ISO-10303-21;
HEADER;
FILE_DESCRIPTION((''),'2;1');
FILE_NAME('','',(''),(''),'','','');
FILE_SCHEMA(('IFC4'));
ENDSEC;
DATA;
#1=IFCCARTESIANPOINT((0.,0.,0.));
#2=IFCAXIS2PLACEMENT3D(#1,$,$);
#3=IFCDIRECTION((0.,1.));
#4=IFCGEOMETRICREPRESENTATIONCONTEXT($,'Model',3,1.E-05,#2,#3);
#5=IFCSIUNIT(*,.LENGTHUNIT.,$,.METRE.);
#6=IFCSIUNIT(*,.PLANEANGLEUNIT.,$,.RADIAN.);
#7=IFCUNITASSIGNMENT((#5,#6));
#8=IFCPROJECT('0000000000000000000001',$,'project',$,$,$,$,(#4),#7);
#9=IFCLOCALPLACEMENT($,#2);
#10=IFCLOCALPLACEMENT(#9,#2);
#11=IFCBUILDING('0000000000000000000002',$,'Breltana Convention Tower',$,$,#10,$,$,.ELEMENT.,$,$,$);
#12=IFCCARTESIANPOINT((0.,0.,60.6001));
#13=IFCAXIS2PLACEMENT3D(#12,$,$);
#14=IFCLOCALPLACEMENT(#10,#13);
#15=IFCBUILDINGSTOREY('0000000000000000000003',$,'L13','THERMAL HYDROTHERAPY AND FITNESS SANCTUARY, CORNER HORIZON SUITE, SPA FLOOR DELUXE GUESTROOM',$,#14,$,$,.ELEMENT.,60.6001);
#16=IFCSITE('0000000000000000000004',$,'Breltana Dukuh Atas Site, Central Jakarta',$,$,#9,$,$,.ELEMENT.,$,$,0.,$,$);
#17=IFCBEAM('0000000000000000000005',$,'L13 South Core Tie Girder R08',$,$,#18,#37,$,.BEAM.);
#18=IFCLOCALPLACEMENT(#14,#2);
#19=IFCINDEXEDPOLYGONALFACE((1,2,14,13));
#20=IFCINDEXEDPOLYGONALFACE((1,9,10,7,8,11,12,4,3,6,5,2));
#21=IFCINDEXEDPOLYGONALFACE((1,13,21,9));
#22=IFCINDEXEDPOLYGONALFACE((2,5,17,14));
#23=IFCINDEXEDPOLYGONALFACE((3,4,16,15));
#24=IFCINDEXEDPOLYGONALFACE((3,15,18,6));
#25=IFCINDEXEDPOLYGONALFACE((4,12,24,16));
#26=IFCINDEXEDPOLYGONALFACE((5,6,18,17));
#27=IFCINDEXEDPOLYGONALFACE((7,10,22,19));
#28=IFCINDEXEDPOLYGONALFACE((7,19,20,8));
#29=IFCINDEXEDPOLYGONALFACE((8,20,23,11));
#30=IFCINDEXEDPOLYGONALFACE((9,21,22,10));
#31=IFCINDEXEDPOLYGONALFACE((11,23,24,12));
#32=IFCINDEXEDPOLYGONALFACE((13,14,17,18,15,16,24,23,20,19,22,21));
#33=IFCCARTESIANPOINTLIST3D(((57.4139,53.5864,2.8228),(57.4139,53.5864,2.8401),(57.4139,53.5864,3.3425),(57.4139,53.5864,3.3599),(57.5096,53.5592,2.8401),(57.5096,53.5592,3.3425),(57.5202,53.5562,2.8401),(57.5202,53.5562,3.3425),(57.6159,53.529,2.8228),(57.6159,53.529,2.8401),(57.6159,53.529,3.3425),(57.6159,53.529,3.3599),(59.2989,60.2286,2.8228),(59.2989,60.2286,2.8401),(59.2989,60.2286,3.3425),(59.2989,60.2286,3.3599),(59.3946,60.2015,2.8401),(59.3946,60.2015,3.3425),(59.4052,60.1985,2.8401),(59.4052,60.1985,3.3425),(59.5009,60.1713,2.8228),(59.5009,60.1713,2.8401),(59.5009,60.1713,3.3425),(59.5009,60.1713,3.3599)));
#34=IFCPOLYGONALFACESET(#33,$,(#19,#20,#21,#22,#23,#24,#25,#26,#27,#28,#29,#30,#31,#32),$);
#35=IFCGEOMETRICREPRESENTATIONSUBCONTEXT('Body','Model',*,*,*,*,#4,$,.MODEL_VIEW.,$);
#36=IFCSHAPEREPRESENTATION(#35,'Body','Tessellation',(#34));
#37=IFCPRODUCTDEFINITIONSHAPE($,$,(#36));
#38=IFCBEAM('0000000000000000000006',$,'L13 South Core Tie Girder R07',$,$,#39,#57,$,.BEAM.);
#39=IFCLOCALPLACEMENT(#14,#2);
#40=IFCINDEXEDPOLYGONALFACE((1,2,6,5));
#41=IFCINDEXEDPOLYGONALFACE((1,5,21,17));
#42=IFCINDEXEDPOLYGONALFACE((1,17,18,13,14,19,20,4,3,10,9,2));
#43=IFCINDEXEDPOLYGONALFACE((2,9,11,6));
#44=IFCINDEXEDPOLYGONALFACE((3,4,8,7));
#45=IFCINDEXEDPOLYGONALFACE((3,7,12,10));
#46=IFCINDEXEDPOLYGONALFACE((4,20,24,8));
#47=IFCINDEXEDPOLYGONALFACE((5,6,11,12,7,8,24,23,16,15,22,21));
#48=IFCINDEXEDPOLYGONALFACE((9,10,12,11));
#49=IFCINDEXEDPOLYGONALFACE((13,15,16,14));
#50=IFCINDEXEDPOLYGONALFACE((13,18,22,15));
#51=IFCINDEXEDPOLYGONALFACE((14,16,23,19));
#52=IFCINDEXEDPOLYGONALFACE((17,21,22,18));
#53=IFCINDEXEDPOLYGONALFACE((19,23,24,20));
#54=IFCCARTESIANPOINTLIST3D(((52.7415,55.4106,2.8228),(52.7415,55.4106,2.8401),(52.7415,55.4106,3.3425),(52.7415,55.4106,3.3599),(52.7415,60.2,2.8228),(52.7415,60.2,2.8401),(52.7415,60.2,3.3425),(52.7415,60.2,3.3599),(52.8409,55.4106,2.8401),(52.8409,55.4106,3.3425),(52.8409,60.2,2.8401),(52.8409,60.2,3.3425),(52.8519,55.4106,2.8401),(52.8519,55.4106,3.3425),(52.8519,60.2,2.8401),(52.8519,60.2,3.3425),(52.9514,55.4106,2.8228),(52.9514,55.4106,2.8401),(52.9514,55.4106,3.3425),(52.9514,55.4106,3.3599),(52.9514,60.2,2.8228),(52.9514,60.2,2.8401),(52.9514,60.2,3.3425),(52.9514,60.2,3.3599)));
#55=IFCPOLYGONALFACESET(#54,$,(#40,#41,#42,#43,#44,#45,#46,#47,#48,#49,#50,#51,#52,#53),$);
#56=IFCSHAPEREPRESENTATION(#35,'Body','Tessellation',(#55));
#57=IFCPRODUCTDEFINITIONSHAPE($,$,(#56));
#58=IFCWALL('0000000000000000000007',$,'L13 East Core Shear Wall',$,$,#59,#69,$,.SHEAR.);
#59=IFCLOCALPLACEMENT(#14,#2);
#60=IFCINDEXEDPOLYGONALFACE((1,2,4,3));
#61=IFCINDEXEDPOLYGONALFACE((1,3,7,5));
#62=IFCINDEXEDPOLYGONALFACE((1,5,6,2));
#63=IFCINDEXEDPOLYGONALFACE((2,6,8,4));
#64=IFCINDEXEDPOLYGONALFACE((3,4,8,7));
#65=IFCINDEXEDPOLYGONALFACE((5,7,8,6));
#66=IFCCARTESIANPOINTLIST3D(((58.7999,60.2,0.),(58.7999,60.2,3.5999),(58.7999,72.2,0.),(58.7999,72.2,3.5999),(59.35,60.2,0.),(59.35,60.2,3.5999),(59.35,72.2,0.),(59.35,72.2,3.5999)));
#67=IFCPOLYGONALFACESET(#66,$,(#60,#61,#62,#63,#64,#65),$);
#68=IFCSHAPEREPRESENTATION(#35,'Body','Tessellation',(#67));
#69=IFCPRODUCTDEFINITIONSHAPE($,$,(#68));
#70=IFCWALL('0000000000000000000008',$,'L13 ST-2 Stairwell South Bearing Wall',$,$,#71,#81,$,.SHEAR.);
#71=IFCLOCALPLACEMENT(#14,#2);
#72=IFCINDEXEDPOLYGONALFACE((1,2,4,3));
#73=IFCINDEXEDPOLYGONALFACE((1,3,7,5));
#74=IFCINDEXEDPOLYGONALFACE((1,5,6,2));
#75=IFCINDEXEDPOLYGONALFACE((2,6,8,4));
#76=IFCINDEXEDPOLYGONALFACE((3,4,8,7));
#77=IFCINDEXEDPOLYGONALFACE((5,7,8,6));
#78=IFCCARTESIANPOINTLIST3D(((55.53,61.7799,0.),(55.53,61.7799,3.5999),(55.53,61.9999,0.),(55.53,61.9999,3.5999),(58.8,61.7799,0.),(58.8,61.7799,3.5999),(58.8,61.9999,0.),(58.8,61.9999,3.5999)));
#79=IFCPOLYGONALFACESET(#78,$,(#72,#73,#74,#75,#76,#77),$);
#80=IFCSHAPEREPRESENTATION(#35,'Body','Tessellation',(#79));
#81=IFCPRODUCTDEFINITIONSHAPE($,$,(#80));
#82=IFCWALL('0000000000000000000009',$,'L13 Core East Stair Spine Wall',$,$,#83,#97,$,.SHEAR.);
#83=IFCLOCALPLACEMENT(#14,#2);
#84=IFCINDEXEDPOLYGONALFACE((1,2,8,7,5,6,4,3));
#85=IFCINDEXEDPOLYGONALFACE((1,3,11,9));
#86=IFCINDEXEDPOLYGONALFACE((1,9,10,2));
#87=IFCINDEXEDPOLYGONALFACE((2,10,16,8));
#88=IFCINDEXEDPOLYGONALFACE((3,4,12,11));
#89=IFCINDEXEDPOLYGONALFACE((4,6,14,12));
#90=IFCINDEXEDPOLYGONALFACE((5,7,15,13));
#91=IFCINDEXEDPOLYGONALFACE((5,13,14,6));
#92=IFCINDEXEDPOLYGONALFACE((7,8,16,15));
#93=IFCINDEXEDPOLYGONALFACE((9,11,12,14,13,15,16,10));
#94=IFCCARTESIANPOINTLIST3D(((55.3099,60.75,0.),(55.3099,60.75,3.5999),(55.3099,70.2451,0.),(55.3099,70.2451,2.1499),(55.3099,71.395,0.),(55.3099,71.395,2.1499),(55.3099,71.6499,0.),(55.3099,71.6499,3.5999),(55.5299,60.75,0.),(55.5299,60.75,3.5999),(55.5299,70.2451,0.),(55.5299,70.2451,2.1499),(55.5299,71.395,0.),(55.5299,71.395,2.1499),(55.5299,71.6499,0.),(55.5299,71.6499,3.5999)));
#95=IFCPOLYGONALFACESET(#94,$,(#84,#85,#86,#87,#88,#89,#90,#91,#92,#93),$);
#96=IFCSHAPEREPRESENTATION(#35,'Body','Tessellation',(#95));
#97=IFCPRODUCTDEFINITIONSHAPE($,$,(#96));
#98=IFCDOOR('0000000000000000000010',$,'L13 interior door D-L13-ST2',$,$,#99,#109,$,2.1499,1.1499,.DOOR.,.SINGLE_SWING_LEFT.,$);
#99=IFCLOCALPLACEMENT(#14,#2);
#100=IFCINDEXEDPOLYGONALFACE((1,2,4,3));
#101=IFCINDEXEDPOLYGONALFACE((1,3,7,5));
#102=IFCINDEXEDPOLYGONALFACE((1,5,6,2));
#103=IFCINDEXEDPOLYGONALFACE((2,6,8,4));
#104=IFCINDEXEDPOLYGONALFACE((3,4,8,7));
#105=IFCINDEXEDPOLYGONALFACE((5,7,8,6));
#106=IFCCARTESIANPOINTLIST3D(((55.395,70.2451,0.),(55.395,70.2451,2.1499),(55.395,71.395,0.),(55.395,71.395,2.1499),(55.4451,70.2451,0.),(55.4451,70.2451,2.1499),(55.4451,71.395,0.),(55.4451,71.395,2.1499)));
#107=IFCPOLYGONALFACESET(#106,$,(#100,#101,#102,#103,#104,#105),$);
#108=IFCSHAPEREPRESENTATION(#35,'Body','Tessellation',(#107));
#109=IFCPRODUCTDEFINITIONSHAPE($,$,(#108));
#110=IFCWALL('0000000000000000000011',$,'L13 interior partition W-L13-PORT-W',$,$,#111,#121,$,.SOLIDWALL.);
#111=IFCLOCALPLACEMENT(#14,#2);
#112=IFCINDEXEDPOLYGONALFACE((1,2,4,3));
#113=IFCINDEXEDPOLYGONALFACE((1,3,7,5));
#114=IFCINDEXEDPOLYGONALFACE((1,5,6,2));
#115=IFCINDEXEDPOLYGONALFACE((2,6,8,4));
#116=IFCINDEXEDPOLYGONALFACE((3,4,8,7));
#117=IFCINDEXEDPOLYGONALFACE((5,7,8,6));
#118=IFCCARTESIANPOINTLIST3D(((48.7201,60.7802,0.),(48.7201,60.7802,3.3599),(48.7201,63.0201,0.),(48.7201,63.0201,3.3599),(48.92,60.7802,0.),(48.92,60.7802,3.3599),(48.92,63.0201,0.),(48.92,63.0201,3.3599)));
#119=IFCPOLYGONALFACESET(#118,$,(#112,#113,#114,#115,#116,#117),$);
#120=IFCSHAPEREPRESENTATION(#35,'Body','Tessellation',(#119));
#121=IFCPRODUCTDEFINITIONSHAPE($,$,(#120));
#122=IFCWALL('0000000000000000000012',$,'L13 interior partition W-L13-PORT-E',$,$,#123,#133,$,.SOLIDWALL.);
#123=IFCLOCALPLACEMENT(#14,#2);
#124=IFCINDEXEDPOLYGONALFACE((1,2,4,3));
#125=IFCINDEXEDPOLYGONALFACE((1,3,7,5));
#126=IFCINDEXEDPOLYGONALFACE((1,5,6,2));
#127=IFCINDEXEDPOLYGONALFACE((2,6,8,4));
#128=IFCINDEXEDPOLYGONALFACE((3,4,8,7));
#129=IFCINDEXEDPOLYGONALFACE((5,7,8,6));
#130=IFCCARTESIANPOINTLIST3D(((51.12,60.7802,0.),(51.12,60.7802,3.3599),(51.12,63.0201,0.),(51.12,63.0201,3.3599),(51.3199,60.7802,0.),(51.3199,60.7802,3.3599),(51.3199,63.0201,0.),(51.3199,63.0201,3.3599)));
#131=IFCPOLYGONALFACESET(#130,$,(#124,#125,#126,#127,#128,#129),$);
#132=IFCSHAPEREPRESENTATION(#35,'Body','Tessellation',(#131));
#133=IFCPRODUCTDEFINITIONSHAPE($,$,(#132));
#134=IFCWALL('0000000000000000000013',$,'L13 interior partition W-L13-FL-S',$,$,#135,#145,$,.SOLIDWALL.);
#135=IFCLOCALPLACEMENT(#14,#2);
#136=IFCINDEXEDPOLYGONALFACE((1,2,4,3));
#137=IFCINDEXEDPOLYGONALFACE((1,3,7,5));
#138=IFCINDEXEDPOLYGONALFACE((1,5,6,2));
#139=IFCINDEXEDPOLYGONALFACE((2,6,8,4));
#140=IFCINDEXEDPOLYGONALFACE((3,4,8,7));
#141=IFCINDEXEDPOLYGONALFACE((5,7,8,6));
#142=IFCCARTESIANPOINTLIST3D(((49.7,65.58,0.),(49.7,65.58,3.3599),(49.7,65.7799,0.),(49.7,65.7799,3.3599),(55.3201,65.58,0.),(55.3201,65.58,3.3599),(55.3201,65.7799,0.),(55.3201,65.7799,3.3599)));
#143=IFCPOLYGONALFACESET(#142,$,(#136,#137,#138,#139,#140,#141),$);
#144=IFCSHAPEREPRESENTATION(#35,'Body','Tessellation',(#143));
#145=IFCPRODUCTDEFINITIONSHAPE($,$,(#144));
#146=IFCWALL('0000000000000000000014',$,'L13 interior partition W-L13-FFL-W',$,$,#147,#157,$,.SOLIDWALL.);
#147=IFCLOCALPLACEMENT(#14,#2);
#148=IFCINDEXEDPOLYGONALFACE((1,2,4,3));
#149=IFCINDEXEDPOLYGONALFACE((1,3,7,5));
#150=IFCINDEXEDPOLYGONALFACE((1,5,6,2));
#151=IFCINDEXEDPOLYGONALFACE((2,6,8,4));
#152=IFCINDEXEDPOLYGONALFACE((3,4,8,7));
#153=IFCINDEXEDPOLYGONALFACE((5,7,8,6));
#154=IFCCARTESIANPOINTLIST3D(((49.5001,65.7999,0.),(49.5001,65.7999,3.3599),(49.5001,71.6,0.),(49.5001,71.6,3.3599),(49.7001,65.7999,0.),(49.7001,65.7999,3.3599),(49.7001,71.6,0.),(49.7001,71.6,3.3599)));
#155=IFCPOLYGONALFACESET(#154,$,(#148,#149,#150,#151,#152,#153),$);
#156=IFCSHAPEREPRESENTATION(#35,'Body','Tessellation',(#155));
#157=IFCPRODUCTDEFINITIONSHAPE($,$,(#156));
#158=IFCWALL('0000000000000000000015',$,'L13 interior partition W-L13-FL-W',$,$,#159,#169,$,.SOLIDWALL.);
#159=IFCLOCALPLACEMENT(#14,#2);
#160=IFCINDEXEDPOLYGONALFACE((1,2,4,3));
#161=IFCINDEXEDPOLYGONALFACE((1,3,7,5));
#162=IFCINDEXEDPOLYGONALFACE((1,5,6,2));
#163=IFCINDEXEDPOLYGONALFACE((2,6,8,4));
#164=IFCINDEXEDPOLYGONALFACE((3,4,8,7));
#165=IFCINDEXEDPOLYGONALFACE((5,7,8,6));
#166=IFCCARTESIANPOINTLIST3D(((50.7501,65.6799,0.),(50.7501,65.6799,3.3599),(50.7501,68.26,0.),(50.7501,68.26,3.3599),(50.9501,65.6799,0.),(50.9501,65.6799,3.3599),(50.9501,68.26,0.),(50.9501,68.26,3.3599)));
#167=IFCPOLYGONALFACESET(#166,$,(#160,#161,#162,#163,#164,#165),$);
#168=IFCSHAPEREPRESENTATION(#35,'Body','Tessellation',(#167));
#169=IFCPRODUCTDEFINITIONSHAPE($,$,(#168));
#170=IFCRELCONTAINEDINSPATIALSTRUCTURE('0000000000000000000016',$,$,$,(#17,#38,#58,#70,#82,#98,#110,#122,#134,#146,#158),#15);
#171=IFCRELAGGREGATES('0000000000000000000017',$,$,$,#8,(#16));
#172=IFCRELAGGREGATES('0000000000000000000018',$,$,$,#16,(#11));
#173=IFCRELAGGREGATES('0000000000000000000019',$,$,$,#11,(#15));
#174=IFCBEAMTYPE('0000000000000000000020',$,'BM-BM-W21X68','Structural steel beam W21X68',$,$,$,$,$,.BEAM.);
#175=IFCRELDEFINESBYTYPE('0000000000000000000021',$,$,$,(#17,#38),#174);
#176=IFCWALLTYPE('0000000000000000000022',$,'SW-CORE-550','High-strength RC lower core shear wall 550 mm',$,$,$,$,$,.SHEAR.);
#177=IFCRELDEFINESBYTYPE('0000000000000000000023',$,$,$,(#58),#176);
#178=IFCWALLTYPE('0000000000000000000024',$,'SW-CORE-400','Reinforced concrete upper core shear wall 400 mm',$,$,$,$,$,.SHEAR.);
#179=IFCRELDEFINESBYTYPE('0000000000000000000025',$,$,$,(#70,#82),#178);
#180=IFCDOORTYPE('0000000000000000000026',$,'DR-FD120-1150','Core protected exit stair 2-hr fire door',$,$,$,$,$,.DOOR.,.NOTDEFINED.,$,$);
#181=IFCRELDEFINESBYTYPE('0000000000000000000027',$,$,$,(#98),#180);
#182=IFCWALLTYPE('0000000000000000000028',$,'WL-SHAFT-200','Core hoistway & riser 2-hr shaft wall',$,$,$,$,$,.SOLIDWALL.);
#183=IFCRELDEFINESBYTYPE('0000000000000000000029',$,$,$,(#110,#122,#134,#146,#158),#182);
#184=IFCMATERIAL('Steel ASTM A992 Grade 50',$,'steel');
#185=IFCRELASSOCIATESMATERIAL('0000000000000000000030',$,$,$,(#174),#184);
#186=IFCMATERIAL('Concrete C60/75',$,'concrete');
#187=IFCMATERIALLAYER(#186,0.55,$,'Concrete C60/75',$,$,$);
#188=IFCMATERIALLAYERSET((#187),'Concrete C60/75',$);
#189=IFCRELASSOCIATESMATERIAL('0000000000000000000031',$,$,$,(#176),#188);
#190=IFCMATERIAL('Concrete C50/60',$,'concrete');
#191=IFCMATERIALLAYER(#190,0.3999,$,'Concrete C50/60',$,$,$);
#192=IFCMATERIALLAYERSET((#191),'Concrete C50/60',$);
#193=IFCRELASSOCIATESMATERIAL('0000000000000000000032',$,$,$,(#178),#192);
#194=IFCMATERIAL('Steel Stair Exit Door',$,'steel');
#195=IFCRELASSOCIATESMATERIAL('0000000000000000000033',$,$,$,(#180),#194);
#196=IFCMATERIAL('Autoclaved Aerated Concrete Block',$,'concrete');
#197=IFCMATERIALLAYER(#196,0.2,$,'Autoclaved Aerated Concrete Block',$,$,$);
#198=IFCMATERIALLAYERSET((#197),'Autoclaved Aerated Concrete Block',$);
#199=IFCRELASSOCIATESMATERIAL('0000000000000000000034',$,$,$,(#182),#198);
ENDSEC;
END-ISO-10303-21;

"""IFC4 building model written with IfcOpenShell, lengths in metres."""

from ifc_helpers import new_model, si_unit, direction, frame, frame_2d, origin, origin_2d, place, context, subcontext, project, spatial, rectangle, i_section, extrude, source, transform, mapped, material, layer, layer_set, material_profile, profile_set, type_object, type_shapes, element, fill, save


model = new_model("IFC4")

# Units and contexts
model_context = context("Model", 3, precision=1e-05, world=origin(), true_north=direction((0.0, 1.0)))
body_context = subcontext(model_context, "Body", "Model", "MODEL_VIEW")
ifc_project = project(units=[si_unit("LENGTHUNIT", "METRE"), si_unit("PLANEANGLEUNIT", "RADIAN")], contexts=[model_context])

# Site, building, storey
site_placement = place(None, origin())
site = spatial("IfcSite", under=ifc_project, at=site_placement, Name="Breltana Dukuh Atas Site, Central Jakarta", CompositionType="ELEMENT", RefElevation=0.0)
building_placement = place(site_placement, origin())
building = spatial("IfcBuilding", under=site, at=building_placement, Name="Breltana Convention Tower", CompositionType="ELEMENT")
storey_placement = place(building_placement, frame((0.0, 0.0, 60.6001)))
storey = spatial("IfcBuildingStorey", under=building, at=storey_placement, Name="L13", Description="THERMAL HYDROTHERAPY AND FITNESS SANCTUARY, CORNER HORIZON SUITE, SPA FLOOR DELUXE GUESTROOM", CompositionType="ELEMENT", Elevation=60.6001)

# Beams
ifc_material_1 = material(Name="Steel ASTM A992 Grade 50", Category="steel")
ifc_material_profile = material_profile(ifc_material_1, i_section(OverallWidth=0.21, OverallDepth=0.5371, WebThickness=0.011, FlangeThickness=0.0173, at=origin_2d()), Name="W21X68")
ifc_profile_set = profile_set([ifc_material_profile], Name="Steel ASTM A992 Grade 50")
beam_type = type_object("IfcBeamType", Name="BM-BM-W21X68", Description="Structural steel beam W21X68", PredefinedType="BEAM", material=ifc_profile_set)
shared_shape_1 = source(origin(), body_context, "Body", "SweptSolid", [
    extrude(i_section(OverallWidth=0.21, OverallDepth=0.5371, WebThickness=0.011, FlangeThickness=0.0173, at=origin_2d()), origin(), (0.0, 0.0, 1.0), 6.9045),
])
type_shapes(beam_type, [shared_shape_1])
beam_1_placement = place(storey_placement, frame((59.3999, 60.2, 3.0913), z_axis=(-0.273007, -0.962012, 0.0), x_axis=(0.962012, -0.273007, 0.0)))
element("IfcBeam", 1, at=beam_1_placement, inside=storey, type_object=beam_type, Name="L13 South Core Tie Girder R08", PredefinedType="BEAM", context=body_context, shape_type="MappedRepresentation", body=[
    mapped(shared_shape_1, transform((0.0, 0.0, 0.0), scale=1.0)),
])
shared_shape_2 = source(origin(), body_context, "Body", "SweptSolid", [
    extrude(i_section(OverallWidth=0.21, OverallDepth=0.5371, WebThickness=0.011, FlangeThickness=0.0173, at=origin_2d()), origin(), (0.0, 0.0, 1.0), 4.7893),
])
beam_2_placement = place(storey_placement, frame((52.8464, 60.2, 3.0913), z_axis=(0.0, -1.0, 0.0), x_axis=(1.0, 0.0, 0.0)))
element("IfcBeam", 2, at=beam_2_placement, inside=storey, type_object=beam_type, Name="L13 South Core Tie Girder R07", PredefinedType="BEAM", context=body_context, shape_type="MappedRepresentation", body=[
    mapped(shared_shape_2, transform((0.0, 0.0, 0.0), scale=1.0)),
])

# Walls
ifc_material_2 = material(Name="Concrete C60/75", Category="concrete")
ifc_layer_1 = layer(ifc_material_2, 0.55, Name="Concrete C60/75")
ifc_layer_set_1 = layer_set([ifc_layer_1], Name="Concrete C60/75")
wall_type_1 = type_object("IfcWallType", Name="SW-CORE-550", Description="High-strength RC lower core shear wall 550 mm", PredefinedType="SHEAR", material=ifc_layer_set_1)
shared_shape_3 = source(origin(), body_context, "Body", "SweptSolid", [
    extrude(rectangle(XDim=12.0, YDim=0.55, at=frame_2d((6.0, 0.0))), origin(), (0.0, 0.0, 1.0), 3.5999),
])
wall_1_placement = place(storey_placement, frame((59.075, 60.2, 0.0), z_axis=(0.0, 0.0, 1.0), x_axis=(0.0, 1.0, 0.0)))
element("IfcWall", 3, at=wall_1_placement, inside=storey, type_object=wall_type_1, Name="L13 East Core Shear Wall", PredefinedType="SHEAR", context=body_context, shape_type="MappedRepresentation", body=[
    mapped(shared_shape_3, transform((0.0, 0.0, 0.0), scale=1.0)),
])
ifc_material_3 = material(Name="Concrete C50/60", Category="concrete")
ifc_layer_2 = layer(ifc_material_3, 0.3999, Name="Concrete C50/60")
ifc_layer_set_2 = layer_set([ifc_layer_2], Name="Concrete C50/60")
wall_type_2 = type_object("IfcWallType", Name="SW-CORE-400", Description="Reinforced concrete upper core shear wall 400 mm", PredefinedType="SHEAR", material=ifc_layer_set_2)
shared_shape_4 = source(origin(), body_context, "Body", "SweptSolid", [
    extrude(rectangle(XDim=3.27, YDim=0.22, at=frame_2d((1.635, 0.0))), origin(), (0.0, 0.0, 1.0), 3.5999),
])
wall_2_placement = place(storey_placement, frame((55.53, 61.8899, 0.0), z_axis=(0.0, 0.0, 1.0), x_axis=(1.0, 0.0, 0.0)))
element("IfcWall", 4, at=wall_2_placement, inside=storey, type_object=wall_type_2, Name="L13 ST-2 Stairwell South Bearing Wall", PredefinedType="SHEAR", context=body_context, shape_type="MappedRepresentation", body=[
    mapped(shared_shape_4, transform((0.0, 0.0, 0.0), scale=1.0)),
])

# Wall, opening, door
shared_shape_5 = source(origin(), body_context, "Body", "SweptSolid", [
    extrude(rectangle(XDim=10.8999, YDim=0.22, at=frame_2d((5.45, 0.0))), origin(), (0.0, 0.0, 1.0), 3.5999),
])
wall_3_placement = place(storey_placement, frame((55.4199, 60.75, 0.0), z_axis=(0.0, 0.0, 1.0), x_axis=(0.0, 1.0, 0.0)))
wall_3 = element("IfcWall", 5, at=wall_3_placement, inside=storey, type_object=wall_type_2, Name="L13 Core East Stair Spine Wall", PredefinedType="SHEAR", context=body_context, shape_type="MappedRepresentation", body=[
    mapped(shared_shape_5, transform((0.0, 0.0, 0.0), scale=1.0)),
])
opening_1_placement = place(wall_3_placement, frame((9.4951, 0.0, 0.0)))
opening_1 = element("IfcOpeningElement", 6, at=opening_1_placement, cuts=wall_3, PredefinedType="OPENING", context=body_context, shape_type="SweptSolid", body=[
    extrude(rectangle(XDim=1.1499, YDim=2.1499, at=frame_2d((0.575, 1.075))), frame((0.0, 0.1201, 0.0), z_axis=(0.0, -1.0, 0.0), x_axis=(1.0, 0.0, 0.0)), (0.0, 0.0, 1.0), 0.24),
])
ifc_material_4 = material(Name="Steel Stair Exit Door", Category="steel")
door_type_1 = type_object("IfcDoorType", Name="DR-FD120-1150", Description="Core protected exit stair 2-hr fire door", OperationType="NOTDEFINED", PredefinedType="DOOR", material=ifc_material_4)
shared_shape_6 = source(origin(), body_context, "Body", "SweptSolid", [
    extrude(rectangle(XDim=1.1499, YDim=2.1499, at=frame_2d((0.575, 1.075))), frame((0.0, 0.0249, 0.0), z_axis=(0.0, -1.0, 0.0), x_axis=(1.0, 0.0, 0.0)), (0.0, 0.0, 1.0), 0.05),
])
type_shapes(door_type_1, [shared_shape_6])
door_1_placement = place(opening_1_placement, origin())
door_1 = element("IfcDoor", 7, at=door_1_placement, inside=storey, type_object=door_type_1, Name="L13 interior door D-L13-ST2", OperationType="SINGLE_SWING_LEFT", OverallHeight=2.1499, OverallWidth=1.1499, PredefinedType="DOOR", context=body_context, shape_type="MappedRepresentation", body=[
    mapped(shared_shape_6, transform((0.0, 0.0, 0.0), scale=1.0)),
])
fill(opening_1, door_1)

# Walls
ifc_material_5 = material(Name="Autoclaved Aerated Concrete Block", Category="concrete")
ifc_layer_3 = layer(ifc_material_5, 0.2, Name="Autoclaved Aerated Concrete Block")
ifc_layer_set_3 = layer_set([ifc_layer_3], Name="Autoclaved Aerated Concrete Block")
wall_type_3 = type_object("IfcWallType", Name="WL-SHAFT-200", Description="Core hoistway & riser 2-hr shaft wall", PredefinedType="SOLIDWALL", material=ifc_layer_set_3)
shared_shape_7 = source(origin(), body_context, "Body", "SweptSolid", [
    extrude(rectangle(XDim=2.24, YDim=0.2, at=frame_2d((1.1201, 0.0))), origin(), (0.0, 0.0, 1.0), 3.3599),
])
for number, where, z_axis, x_axis, name in (
    (8, (48.8201, 60.78, 0.0), (0.0, 0.0, 1.0), (0.0, 1.0, 0.0), "L13 interior partition W-L13-PORT-W"),
    (9, (51.22, 60.78, 0.0), (0.0, 0.0, 1.0), (0.0, 1.0, 0.0), "L13 interior partition W-L13-PORT-E"),
):
    element("IfcWall", number, at=place(storey_placement, frame(where, z_axis=z_axis, x_axis=x_axis)), inside=storey, type_object=wall_type_3, Name=name, PredefinedType="SOLIDWALL", context=body_context, shape_type="MappedRepresentation", body=[
        mapped(shared_shape_7, transform((0.0, 0.0, 0.0), scale=1.0)),
    ])

# Shared definitions
shared_shape_8 = source(origin(), body_context, "Body", "SweptSolid", [
    extrude(rectangle(XDim=5.6201, YDim=0.2, at=frame_2d((2.8101, 0.0))), origin(), (0.0, 0.0, 1.0), 3.3599),
])

# Walls
wall_4_placement = place(storey_placement, frame((49.7, 65.6799, 0.0), z_axis=(0.0, 0.0, 1.0), x_axis=(1.0, 0.0, 0.0)))
element("IfcWall", 10, at=wall_4_placement, inside=storey, type_object=wall_type_3, Name="L13 interior partition W-L13-FL-S", PredefinedType="SOLIDWALL", context=body_context, shape_type="MappedRepresentation", body=[
    mapped(shared_shape_8, transform((0.0, 0.0, 0.0), scale=1.0)),
])
shared_shape_9 = source(origin(), body_context, "Body", "SweptSolid", [
    extrude(rectangle(XDim=5.8, YDim=0.2, at=frame_2d((2.8999, 0.0))), origin(), (0.0, 0.0, 1.0), 3.3599),
])
wall_5_placement = place(storey_placement, frame((49.6001, 65.8, 0.0), z_axis=(0.0, 0.0, 1.0), x_axis=(0.0, 1.0, 0.0)))
element("IfcWall", 11, at=wall_5_placement, inside=storey, type_object=wall_type_3, Name="L13 interior partition W-L13-FFL-W", PredefinedType="SOLIDWALL", context=body_context, shape_type="MappedRepresentation", body=[
    mapped(shared_shape_9, transform((0.0, 0.0, 0.0), scale=1.0)),
])
shared_shape_10 = source(origin(), body_context, "Body", "SweptSolid", [
    extrude(rectangle(XDim=2.5801, YDim=0.2, at=frame_2d((1.29, 0.0))), origin(), (0.0, 0.0, 1.0), 3.3599),
])
wall_6_placement = place(storey_placement, frame((50.8501, 65.6799, 0.0), z_axis=(0.0, 0.0, 1.0), x_axis=(0.0, 1.0, 0.0)))
element("IfcWall", 12, at=wall_6_placement, inside=storey, type_object=wall_type_3, Name="L13 interior partition W-L13-FL-W", PredefinedType="SOLIDWALL", context=body_context, shape_type="MappedRepresentation", body=[
    mapped(shared_shape_10, transform((0.0, 0.0, 0.0), scale=1.0)),
])

save(model, "model.ifc")
